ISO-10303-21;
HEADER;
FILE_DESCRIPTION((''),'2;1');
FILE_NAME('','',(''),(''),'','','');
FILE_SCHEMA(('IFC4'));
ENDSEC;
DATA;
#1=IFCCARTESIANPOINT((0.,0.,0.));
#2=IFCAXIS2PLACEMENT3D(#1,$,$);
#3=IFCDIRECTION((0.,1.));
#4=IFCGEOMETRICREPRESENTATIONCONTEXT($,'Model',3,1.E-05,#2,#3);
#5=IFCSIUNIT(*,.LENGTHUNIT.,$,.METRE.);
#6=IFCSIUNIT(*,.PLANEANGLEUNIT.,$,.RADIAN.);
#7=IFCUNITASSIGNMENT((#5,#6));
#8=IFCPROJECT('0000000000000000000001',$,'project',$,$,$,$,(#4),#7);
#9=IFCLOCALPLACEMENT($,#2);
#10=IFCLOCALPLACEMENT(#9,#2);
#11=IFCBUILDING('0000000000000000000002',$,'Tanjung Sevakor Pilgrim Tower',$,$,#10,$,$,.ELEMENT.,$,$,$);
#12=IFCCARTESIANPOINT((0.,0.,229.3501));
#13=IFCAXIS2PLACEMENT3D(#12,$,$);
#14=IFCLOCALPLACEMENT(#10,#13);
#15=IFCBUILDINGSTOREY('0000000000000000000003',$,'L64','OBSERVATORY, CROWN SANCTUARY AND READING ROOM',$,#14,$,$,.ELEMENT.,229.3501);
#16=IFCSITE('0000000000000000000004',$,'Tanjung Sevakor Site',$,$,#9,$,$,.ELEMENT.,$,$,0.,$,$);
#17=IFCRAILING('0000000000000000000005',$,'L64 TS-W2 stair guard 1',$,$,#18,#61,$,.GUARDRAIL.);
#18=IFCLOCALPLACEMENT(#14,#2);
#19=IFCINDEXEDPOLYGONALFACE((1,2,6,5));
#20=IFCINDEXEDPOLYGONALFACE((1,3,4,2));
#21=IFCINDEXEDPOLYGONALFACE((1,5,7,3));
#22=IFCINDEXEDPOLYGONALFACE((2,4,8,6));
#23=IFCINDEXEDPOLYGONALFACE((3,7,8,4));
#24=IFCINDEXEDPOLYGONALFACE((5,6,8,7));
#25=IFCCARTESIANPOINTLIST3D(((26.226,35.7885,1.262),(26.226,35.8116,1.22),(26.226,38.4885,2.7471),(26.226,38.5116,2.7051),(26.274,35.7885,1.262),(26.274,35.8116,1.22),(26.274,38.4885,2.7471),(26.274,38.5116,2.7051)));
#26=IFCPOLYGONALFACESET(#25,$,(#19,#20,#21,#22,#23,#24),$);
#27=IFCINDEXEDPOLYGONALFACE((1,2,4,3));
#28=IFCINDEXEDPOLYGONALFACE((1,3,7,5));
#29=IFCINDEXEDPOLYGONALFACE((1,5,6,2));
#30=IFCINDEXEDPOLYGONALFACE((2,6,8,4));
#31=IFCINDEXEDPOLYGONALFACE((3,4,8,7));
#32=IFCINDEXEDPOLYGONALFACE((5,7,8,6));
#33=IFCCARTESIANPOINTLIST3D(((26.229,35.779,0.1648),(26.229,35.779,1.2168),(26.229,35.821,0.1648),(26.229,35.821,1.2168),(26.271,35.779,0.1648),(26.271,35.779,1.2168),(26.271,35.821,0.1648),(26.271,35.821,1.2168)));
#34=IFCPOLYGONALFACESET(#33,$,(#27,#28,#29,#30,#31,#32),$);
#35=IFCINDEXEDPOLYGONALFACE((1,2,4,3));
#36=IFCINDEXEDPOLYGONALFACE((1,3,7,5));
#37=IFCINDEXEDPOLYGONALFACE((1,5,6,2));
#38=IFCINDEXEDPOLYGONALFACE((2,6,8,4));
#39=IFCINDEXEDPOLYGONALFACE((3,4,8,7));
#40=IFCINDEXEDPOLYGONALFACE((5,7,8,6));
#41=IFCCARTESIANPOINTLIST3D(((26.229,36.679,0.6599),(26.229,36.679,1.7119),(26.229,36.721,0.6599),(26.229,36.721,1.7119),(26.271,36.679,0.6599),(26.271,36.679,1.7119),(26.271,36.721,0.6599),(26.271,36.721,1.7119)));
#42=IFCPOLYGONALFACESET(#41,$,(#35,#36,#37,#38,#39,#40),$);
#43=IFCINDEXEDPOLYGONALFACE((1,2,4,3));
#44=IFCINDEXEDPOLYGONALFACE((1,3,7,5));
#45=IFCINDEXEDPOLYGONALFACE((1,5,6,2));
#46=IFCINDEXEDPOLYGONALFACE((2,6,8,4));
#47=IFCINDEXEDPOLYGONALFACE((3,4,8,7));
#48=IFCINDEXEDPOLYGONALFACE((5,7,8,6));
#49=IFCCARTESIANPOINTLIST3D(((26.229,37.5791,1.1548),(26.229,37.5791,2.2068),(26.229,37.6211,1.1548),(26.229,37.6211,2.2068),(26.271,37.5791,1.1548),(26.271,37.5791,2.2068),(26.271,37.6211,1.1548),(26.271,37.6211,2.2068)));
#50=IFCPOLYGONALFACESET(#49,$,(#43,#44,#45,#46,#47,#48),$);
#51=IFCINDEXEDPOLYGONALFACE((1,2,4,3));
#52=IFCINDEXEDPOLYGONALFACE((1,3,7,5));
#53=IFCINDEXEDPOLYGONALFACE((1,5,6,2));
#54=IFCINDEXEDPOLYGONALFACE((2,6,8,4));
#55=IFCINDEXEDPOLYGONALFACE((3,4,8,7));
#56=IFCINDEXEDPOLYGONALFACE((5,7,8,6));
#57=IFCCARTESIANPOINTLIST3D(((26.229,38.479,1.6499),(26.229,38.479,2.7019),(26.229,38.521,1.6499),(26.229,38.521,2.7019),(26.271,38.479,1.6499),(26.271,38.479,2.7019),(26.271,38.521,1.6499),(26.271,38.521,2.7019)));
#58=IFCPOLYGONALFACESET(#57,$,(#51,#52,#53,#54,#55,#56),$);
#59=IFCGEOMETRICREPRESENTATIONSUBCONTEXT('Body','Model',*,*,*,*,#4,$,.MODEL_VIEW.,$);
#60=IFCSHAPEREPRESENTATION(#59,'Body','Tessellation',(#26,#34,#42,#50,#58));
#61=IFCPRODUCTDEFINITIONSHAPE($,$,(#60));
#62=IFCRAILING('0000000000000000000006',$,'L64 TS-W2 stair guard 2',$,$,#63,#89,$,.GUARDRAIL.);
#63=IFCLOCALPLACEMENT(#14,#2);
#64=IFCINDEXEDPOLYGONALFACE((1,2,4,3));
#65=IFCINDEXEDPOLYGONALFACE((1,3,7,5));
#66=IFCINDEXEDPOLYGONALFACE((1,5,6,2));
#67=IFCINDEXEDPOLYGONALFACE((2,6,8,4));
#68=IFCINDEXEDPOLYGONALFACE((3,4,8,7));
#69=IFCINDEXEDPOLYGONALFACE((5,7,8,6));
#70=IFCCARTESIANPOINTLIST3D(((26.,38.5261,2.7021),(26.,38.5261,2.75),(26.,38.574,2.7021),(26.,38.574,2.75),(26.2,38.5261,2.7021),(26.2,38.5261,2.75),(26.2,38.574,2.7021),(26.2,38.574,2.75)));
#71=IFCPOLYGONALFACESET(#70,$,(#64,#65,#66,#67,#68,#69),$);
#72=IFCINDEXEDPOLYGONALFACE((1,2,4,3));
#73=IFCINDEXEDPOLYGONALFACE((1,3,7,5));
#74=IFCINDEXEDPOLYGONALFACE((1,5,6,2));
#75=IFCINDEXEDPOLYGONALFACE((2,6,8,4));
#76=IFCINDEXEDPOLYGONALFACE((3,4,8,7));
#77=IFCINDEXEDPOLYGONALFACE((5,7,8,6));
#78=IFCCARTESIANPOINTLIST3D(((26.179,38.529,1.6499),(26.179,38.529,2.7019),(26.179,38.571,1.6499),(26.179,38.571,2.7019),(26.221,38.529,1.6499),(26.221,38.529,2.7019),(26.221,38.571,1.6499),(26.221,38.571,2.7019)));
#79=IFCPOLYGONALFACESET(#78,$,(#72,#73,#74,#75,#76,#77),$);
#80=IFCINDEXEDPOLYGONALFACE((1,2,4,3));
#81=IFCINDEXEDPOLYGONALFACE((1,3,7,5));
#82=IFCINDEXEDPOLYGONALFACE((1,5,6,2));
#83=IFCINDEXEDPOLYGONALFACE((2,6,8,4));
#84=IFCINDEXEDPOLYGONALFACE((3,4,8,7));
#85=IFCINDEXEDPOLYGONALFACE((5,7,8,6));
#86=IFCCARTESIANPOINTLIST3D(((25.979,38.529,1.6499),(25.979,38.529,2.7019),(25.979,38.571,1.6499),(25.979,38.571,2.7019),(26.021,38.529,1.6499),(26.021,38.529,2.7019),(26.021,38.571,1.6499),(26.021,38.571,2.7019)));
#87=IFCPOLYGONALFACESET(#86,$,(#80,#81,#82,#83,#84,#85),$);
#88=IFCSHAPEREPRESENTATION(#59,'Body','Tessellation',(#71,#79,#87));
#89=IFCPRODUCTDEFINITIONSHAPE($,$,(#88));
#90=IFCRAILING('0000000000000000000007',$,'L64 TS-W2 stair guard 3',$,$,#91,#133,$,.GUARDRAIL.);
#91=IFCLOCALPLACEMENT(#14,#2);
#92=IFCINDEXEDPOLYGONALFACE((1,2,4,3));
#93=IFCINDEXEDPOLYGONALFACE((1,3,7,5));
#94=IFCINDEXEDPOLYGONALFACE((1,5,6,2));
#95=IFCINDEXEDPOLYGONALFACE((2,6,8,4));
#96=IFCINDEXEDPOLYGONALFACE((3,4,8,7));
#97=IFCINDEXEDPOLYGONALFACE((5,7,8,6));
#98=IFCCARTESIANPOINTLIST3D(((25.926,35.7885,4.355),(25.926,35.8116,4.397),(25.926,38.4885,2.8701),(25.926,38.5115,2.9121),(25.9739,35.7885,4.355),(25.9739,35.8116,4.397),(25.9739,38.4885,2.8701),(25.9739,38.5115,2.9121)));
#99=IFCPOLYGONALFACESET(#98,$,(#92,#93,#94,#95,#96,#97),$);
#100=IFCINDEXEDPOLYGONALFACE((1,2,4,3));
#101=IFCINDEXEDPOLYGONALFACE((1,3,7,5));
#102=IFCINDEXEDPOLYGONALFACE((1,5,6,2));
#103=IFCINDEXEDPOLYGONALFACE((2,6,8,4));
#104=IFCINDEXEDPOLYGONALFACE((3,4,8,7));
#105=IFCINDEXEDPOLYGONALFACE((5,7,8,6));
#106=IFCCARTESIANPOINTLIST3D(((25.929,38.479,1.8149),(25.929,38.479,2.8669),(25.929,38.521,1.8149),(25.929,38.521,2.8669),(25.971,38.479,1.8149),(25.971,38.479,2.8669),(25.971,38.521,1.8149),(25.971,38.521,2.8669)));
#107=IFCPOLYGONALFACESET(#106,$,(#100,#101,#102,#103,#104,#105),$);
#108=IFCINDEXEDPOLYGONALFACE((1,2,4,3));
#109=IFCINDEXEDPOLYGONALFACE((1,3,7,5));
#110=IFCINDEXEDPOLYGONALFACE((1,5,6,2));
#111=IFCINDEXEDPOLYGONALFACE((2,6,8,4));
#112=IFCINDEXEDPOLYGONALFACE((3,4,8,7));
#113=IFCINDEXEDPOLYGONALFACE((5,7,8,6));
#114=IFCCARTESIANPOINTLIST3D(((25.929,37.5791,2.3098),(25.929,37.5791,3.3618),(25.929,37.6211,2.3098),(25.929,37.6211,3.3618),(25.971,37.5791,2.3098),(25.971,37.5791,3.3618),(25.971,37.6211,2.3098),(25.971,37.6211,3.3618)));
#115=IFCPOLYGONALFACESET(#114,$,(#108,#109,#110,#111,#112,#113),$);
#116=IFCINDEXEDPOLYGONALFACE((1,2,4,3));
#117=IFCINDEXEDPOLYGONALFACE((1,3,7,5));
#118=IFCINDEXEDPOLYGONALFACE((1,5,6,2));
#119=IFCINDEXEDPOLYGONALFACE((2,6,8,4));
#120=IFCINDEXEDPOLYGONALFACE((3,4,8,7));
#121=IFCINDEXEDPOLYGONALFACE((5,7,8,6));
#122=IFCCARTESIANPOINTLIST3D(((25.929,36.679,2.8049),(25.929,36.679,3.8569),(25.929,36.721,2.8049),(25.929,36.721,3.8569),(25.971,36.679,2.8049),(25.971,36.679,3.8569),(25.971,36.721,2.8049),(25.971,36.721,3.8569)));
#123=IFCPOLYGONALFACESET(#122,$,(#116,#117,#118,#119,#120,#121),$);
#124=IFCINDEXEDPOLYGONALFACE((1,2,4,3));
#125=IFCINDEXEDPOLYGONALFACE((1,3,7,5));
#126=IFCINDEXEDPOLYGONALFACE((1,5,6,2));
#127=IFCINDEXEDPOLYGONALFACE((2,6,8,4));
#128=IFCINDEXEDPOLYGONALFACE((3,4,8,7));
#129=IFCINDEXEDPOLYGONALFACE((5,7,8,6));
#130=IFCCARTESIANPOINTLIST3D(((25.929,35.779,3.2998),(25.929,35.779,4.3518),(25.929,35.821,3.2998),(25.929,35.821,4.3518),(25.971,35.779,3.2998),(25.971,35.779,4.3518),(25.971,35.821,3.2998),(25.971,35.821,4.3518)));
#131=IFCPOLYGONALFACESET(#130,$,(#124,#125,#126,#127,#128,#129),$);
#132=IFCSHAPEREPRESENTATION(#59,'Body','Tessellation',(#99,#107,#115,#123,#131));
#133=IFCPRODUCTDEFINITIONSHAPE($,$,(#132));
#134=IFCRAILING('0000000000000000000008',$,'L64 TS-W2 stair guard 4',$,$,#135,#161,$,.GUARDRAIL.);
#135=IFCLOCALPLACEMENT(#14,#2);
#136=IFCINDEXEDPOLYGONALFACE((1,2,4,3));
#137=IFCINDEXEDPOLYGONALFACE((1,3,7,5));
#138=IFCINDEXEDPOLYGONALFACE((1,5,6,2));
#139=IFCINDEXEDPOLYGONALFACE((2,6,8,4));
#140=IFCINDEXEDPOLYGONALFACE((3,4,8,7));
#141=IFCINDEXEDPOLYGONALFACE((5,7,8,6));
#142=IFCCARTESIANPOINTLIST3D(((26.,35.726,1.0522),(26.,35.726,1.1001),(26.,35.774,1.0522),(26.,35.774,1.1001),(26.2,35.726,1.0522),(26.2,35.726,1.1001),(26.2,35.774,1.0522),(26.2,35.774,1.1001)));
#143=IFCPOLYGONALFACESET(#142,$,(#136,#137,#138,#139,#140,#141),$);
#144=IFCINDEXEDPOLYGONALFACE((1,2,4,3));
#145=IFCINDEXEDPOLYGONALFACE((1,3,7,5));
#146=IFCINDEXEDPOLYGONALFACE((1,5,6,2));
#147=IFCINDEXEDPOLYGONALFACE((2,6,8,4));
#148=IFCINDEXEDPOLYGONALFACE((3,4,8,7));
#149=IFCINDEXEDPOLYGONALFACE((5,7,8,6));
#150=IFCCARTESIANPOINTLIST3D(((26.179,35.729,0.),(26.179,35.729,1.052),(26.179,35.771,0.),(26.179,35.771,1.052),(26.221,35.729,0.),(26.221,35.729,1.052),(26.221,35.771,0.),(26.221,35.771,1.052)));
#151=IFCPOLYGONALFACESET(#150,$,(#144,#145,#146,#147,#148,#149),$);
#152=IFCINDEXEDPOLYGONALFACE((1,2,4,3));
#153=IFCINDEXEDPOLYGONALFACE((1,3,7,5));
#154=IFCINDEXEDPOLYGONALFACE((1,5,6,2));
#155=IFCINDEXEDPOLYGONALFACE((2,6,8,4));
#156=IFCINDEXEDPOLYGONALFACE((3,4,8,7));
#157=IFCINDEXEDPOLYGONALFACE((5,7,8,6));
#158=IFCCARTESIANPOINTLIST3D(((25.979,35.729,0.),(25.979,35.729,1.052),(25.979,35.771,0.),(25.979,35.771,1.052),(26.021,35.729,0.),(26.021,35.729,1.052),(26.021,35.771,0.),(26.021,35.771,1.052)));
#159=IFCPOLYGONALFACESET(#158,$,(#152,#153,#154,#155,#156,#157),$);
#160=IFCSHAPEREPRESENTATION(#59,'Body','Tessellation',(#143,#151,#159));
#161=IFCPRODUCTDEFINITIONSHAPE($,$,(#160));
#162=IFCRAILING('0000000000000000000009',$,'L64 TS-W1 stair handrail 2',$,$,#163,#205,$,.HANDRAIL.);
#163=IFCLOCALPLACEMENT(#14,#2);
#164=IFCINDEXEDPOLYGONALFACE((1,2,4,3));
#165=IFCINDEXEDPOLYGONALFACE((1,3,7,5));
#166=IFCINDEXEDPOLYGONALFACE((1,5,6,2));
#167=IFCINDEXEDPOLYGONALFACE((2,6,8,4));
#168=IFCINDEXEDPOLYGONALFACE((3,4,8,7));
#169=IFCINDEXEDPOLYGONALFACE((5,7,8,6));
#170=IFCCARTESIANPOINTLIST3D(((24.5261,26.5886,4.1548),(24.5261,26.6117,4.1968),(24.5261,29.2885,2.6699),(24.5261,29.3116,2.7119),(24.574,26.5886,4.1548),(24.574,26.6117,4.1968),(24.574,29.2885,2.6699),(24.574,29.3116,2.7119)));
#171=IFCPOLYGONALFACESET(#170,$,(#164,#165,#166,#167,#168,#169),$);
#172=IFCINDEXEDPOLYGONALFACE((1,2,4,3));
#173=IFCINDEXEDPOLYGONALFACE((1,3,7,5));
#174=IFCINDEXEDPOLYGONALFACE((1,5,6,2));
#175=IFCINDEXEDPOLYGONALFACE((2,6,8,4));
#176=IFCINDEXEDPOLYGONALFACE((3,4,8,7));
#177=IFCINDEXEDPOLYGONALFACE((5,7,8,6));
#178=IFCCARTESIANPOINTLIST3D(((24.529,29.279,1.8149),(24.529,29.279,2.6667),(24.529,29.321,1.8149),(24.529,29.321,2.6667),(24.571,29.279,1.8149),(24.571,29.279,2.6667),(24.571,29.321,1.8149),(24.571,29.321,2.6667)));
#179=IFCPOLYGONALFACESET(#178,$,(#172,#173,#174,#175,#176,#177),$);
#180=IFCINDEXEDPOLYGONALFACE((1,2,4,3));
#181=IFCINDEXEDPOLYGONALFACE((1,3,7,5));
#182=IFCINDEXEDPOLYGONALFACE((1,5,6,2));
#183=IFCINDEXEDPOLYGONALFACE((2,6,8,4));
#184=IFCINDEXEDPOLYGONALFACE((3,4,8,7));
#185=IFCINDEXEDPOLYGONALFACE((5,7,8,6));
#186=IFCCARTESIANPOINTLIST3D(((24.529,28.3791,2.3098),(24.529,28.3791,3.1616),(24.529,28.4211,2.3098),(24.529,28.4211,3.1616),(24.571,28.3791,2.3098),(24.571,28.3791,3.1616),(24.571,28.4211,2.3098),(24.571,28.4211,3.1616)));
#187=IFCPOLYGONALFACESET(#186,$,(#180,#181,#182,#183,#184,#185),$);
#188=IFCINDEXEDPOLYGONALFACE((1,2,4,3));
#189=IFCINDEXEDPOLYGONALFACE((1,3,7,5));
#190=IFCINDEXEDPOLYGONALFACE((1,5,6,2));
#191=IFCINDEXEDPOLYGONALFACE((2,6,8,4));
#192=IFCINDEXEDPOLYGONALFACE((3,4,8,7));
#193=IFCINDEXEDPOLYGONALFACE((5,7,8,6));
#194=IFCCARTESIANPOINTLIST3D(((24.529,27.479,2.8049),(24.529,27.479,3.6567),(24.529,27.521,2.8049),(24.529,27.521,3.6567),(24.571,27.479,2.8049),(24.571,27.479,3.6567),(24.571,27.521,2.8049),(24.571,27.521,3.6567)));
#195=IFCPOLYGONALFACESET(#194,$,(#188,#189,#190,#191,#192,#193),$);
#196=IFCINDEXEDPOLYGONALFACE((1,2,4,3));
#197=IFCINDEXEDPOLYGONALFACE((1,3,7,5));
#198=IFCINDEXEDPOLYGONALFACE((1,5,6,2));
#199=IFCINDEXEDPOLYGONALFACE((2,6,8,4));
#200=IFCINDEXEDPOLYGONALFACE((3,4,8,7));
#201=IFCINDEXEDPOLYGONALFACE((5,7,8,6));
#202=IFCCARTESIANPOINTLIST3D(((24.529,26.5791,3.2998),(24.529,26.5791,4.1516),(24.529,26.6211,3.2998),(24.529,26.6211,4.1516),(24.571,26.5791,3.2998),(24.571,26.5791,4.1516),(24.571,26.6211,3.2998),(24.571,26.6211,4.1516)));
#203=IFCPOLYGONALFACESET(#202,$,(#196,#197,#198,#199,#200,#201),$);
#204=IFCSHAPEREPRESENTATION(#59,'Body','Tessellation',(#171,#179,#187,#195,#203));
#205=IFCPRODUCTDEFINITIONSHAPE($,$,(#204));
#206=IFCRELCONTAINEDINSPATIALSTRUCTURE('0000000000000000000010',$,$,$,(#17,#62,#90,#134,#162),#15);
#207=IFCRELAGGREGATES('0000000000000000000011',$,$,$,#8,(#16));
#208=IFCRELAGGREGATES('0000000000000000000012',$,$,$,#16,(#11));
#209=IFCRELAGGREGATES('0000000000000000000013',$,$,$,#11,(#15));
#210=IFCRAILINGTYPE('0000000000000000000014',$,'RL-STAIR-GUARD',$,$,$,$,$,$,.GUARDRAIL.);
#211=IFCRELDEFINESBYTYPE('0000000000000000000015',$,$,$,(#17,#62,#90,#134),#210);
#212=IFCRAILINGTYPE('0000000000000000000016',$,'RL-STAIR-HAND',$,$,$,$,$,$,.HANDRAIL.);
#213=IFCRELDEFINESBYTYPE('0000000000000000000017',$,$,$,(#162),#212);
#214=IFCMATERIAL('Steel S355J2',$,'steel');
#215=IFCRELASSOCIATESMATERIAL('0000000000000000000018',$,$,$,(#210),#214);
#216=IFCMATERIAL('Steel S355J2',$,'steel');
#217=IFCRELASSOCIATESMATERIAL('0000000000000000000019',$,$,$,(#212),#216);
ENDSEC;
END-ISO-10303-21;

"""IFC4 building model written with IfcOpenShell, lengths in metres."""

from ifc_helpers import new_model, si_unit, direction, frame, origin, place, context, subcontext, project, spatial, rectangle, extrude, material, type_object, element, save


model = new_model("IFC4")

# Units and contexts
model_context = context("Model", 3, precision=1e-05, world=origin(), true_north=direction((0.0, 1.0)))
body_context = subcontext(model_context, "Body", "Model", "MODEL_VIEW")
ifc_project = project(units=[si_unit("LENGTHUNIT", "METRE"), si_unit("PLANEANGLEUNIT", "RADIAN")], contexts=[model_context])

# Site, building, storey
site_placement = place(None, origin())
site = spatial("IfcSite", under=ifc_project, at=site_placement, Name="Tanjung Sevakor Site", CompositionType="ELEMENT", RefElevation=0.0)
building_placement = place(site_placement, origin())
building = spatial("IfcBuilding", under=site, at=building_placement, Name="Tanjung Sevakor Pilgrim Tower", CompositionType="ELEMENT")
storey_placement = place(building_placement, frame((0.0, 0.0, 229.3501)))
storey = spatial("IfcBuildingStorey", under=building, at=storey_placement, Name="L64", Description="OBSERVATORY, CROWN SANCTUARY AND READING ROOM", CompositionType="ELEMENT", Elevation=229.3501)

# Railings
ifc_material_1 = material(Name="Steel S355J2", Category="steel")
railing_type_1 = type_object("IfcRailingType", Name="RL-STAIR-GUARD", PredefinedType="GUARDRAIL", material=ifc_material_1)
railing_1_placement = place(storey_placement, frame((26.25, 35.8, 0.1648)))
element("IfcRailing", 1, at=railing_1_placement, inside=storey, type_object=railing_type_1, Name="L64 TS-W2 stair guard 1", PredefinedType="GUARDRAIL", context=body_context, shape_type="SweptSolid", body=[
    extrude(rectangle(XDim=0.0479, YDim=0.0479), frame((0.0, 0.0, 1.0762), z_axis=(0.0, 0.876198, 0.481952), x_axis=(-1.0, 0.0, 0.0)), (0.0, 0.0, 1.0), 3.0815),
    extrude(rectangle(XDim=0.042, YDim=0.042), origin(), (0.0, 0.0, 1.0), 1.052),
    extrude(rectangle(XDim=0.042, YDim=0.042), frame((0.0, 0.8999, 0.4951)), (0.0, 0.0, 1.0), 1.052),
    extrude(rectangle(XDim=0.042, YDim=0.042), frame((0.0, 1.8, 0.99)), (0.0, 0.0, 1.0), 1.052),
    extrude(rectangle(XDim=0.042, YDim=0.042), frame((0.0, 2.7, 1.4851)), (0.0, 0.0, 1.0), 1.052),
])
railing_2_placement = place(storey_placement, frame((26.2, 38.55, 1.6499)))
element("IfcRailing", 2, at=railing_2_placement, inside=storey, type_object=railing_type_1, Name="L64 TS-W2 stair guard 2", PredefinedType="GUARDRAIL", context=body_context, shape_type="SweptSolid", body=[
    extrude(rectangle(XDim=0.0479, YDim=0.0479), frame((0.0, 0.0, 1.0762), z_axis=(-1.0, 0.0, 0.0), x_axis=(0.0, -1.0, 0.0)), (0.0, 0.0, 1.0), 0.2),
    extrude(rectangle(XDim=0.042, YDim=0.042), origin(), (0.0, 0.0, 1.0), 1.052),
    extrude(rectangle(XDim=0.042, YDim=0.042), frame((-0.2, 0.0, 0.0)), (0.0, 0.0, 1.0), 1.052),
])
railing_3_placement = place(storey_placement, frame((25.95, 38.5, 1.8149)))
element("IfcRailing", 3, at=railing_3_placement, inside=storey, type_object=railing_type_1, Name="L64 TS-W2 stair guard 3", PredefinedType="GUARDRAIL", context=body_context, shape_type="SweptSolid", body=[
    extrude(rectangle(XDim=0.0479, YDim=0.0479), frame((0.0, 0.0, 1.0762), z_axis=(0.0, -0.876231, 0.481891), x_axis=(1.0, 0.0, 0.0)), (0.0, 0.0, 1.0), 3.0813),
    extrude(rectangle(XDim=0.042, YDim=0.042), origin(), (0.0, 0.0, 1.0), 1.052),
    extrude(rectangle(XDim=0.042, YDim=0.042), frame((0.0, -0.8999, 0.4949)), (0.0, 0.0, 1.0), 1.052),
    extrude(rectangle(XDim=0.042, YDim=0.042), frame((0.0, -1.8, 0.99)), (0.0, 0.0, 1.0), 1.052),
    extrude(rectangle(XDim=0.042, YDim=0.042), frame((0.0, -2.7, 1.4849)), (0.0, 0.0, 1.0), 1.052),
])
railing_4_placement = place(storey_placement, frame((26.2, 35.75, 0.0)))
element("IfcRailing", 4, at=railing_4_placement, inside=storey, type_object=railing_type_1, Name="L64 TS-W2 stair guard 4", PredefinedType="GUARDRAIL", context=body_context, shape_type="SweptSolid", body=[
    extrude(rectangle(XDim=0.0479, YDim=0.0479), frame((0.0, 0.0, 1.0762), z_axis=(-1.0, 0.0, 0.0), x_axis=(0.0, -1.0, 0.0)), (0.0, 0.0, 1.0), 0.2),
    extrude(rectangle(XDim=0.042, YDim=0.042), origin(), (0.0, 0.0, 1.0), 1.052),
    extrude(rectangle(XDim=0.042, YDim=0.042), frame((-0.2, 0.0, 0.0)), (0.0, 0.0, 1.0), 1.052),
])
ifc_material_2 = material(Name="Steel S355J2", Category="steel")
railing_type_2 = type_object("IfcRailingType", Name="RL-STAIR-HAND", PredefinedType="HANDRAIL", material=ifc_material_2)
railing_5_placement = place(storey_placement, frame((24.55, 29.3, 1.8149)))
element("IfcRailing", 5, at=railing_5_placement, inside=storey, type_object=railing_type_2, Name="L64 TS-W1 stair handrail 2", PredefinedType="HANDRAIL", context=body_context, shape_type="SweptSolid", body=[
    extrude(rectangle(XDim=0.0479, YDim=0.0479), frame((0.0, 0.0, 0.876), z_axis=(0.0, -0.876231, 0.481891), x_axis=(1.0, 0.0, 0.0)), (0.0, 0.0, 1.0), 3.0813),
    extrude(rectangle(XDim=0.042, YDim=0.042), origin(), (0.0, 0.0, 1.0), 0.8518),
    extrude(rectangle(XDim=0.042, YDim=0.042), frame((0.0, -0.8999, 0.4949)), (0.0, 0.0, 1.0), 0.8518),
    extrude(rectangle(XDim=0.042, YDim=0.042), frame((0.0, -1.8, 0.99)), (0.0, 0.0, 1.0), 0.8518),
    extrude(rectangle(XDim=0.042, YDim=0.042), frame((0.0, -2.7, 1.4849)), (0.0, 0.0, 1.0), 0.8518),
])

save(model, "model.ifc")
